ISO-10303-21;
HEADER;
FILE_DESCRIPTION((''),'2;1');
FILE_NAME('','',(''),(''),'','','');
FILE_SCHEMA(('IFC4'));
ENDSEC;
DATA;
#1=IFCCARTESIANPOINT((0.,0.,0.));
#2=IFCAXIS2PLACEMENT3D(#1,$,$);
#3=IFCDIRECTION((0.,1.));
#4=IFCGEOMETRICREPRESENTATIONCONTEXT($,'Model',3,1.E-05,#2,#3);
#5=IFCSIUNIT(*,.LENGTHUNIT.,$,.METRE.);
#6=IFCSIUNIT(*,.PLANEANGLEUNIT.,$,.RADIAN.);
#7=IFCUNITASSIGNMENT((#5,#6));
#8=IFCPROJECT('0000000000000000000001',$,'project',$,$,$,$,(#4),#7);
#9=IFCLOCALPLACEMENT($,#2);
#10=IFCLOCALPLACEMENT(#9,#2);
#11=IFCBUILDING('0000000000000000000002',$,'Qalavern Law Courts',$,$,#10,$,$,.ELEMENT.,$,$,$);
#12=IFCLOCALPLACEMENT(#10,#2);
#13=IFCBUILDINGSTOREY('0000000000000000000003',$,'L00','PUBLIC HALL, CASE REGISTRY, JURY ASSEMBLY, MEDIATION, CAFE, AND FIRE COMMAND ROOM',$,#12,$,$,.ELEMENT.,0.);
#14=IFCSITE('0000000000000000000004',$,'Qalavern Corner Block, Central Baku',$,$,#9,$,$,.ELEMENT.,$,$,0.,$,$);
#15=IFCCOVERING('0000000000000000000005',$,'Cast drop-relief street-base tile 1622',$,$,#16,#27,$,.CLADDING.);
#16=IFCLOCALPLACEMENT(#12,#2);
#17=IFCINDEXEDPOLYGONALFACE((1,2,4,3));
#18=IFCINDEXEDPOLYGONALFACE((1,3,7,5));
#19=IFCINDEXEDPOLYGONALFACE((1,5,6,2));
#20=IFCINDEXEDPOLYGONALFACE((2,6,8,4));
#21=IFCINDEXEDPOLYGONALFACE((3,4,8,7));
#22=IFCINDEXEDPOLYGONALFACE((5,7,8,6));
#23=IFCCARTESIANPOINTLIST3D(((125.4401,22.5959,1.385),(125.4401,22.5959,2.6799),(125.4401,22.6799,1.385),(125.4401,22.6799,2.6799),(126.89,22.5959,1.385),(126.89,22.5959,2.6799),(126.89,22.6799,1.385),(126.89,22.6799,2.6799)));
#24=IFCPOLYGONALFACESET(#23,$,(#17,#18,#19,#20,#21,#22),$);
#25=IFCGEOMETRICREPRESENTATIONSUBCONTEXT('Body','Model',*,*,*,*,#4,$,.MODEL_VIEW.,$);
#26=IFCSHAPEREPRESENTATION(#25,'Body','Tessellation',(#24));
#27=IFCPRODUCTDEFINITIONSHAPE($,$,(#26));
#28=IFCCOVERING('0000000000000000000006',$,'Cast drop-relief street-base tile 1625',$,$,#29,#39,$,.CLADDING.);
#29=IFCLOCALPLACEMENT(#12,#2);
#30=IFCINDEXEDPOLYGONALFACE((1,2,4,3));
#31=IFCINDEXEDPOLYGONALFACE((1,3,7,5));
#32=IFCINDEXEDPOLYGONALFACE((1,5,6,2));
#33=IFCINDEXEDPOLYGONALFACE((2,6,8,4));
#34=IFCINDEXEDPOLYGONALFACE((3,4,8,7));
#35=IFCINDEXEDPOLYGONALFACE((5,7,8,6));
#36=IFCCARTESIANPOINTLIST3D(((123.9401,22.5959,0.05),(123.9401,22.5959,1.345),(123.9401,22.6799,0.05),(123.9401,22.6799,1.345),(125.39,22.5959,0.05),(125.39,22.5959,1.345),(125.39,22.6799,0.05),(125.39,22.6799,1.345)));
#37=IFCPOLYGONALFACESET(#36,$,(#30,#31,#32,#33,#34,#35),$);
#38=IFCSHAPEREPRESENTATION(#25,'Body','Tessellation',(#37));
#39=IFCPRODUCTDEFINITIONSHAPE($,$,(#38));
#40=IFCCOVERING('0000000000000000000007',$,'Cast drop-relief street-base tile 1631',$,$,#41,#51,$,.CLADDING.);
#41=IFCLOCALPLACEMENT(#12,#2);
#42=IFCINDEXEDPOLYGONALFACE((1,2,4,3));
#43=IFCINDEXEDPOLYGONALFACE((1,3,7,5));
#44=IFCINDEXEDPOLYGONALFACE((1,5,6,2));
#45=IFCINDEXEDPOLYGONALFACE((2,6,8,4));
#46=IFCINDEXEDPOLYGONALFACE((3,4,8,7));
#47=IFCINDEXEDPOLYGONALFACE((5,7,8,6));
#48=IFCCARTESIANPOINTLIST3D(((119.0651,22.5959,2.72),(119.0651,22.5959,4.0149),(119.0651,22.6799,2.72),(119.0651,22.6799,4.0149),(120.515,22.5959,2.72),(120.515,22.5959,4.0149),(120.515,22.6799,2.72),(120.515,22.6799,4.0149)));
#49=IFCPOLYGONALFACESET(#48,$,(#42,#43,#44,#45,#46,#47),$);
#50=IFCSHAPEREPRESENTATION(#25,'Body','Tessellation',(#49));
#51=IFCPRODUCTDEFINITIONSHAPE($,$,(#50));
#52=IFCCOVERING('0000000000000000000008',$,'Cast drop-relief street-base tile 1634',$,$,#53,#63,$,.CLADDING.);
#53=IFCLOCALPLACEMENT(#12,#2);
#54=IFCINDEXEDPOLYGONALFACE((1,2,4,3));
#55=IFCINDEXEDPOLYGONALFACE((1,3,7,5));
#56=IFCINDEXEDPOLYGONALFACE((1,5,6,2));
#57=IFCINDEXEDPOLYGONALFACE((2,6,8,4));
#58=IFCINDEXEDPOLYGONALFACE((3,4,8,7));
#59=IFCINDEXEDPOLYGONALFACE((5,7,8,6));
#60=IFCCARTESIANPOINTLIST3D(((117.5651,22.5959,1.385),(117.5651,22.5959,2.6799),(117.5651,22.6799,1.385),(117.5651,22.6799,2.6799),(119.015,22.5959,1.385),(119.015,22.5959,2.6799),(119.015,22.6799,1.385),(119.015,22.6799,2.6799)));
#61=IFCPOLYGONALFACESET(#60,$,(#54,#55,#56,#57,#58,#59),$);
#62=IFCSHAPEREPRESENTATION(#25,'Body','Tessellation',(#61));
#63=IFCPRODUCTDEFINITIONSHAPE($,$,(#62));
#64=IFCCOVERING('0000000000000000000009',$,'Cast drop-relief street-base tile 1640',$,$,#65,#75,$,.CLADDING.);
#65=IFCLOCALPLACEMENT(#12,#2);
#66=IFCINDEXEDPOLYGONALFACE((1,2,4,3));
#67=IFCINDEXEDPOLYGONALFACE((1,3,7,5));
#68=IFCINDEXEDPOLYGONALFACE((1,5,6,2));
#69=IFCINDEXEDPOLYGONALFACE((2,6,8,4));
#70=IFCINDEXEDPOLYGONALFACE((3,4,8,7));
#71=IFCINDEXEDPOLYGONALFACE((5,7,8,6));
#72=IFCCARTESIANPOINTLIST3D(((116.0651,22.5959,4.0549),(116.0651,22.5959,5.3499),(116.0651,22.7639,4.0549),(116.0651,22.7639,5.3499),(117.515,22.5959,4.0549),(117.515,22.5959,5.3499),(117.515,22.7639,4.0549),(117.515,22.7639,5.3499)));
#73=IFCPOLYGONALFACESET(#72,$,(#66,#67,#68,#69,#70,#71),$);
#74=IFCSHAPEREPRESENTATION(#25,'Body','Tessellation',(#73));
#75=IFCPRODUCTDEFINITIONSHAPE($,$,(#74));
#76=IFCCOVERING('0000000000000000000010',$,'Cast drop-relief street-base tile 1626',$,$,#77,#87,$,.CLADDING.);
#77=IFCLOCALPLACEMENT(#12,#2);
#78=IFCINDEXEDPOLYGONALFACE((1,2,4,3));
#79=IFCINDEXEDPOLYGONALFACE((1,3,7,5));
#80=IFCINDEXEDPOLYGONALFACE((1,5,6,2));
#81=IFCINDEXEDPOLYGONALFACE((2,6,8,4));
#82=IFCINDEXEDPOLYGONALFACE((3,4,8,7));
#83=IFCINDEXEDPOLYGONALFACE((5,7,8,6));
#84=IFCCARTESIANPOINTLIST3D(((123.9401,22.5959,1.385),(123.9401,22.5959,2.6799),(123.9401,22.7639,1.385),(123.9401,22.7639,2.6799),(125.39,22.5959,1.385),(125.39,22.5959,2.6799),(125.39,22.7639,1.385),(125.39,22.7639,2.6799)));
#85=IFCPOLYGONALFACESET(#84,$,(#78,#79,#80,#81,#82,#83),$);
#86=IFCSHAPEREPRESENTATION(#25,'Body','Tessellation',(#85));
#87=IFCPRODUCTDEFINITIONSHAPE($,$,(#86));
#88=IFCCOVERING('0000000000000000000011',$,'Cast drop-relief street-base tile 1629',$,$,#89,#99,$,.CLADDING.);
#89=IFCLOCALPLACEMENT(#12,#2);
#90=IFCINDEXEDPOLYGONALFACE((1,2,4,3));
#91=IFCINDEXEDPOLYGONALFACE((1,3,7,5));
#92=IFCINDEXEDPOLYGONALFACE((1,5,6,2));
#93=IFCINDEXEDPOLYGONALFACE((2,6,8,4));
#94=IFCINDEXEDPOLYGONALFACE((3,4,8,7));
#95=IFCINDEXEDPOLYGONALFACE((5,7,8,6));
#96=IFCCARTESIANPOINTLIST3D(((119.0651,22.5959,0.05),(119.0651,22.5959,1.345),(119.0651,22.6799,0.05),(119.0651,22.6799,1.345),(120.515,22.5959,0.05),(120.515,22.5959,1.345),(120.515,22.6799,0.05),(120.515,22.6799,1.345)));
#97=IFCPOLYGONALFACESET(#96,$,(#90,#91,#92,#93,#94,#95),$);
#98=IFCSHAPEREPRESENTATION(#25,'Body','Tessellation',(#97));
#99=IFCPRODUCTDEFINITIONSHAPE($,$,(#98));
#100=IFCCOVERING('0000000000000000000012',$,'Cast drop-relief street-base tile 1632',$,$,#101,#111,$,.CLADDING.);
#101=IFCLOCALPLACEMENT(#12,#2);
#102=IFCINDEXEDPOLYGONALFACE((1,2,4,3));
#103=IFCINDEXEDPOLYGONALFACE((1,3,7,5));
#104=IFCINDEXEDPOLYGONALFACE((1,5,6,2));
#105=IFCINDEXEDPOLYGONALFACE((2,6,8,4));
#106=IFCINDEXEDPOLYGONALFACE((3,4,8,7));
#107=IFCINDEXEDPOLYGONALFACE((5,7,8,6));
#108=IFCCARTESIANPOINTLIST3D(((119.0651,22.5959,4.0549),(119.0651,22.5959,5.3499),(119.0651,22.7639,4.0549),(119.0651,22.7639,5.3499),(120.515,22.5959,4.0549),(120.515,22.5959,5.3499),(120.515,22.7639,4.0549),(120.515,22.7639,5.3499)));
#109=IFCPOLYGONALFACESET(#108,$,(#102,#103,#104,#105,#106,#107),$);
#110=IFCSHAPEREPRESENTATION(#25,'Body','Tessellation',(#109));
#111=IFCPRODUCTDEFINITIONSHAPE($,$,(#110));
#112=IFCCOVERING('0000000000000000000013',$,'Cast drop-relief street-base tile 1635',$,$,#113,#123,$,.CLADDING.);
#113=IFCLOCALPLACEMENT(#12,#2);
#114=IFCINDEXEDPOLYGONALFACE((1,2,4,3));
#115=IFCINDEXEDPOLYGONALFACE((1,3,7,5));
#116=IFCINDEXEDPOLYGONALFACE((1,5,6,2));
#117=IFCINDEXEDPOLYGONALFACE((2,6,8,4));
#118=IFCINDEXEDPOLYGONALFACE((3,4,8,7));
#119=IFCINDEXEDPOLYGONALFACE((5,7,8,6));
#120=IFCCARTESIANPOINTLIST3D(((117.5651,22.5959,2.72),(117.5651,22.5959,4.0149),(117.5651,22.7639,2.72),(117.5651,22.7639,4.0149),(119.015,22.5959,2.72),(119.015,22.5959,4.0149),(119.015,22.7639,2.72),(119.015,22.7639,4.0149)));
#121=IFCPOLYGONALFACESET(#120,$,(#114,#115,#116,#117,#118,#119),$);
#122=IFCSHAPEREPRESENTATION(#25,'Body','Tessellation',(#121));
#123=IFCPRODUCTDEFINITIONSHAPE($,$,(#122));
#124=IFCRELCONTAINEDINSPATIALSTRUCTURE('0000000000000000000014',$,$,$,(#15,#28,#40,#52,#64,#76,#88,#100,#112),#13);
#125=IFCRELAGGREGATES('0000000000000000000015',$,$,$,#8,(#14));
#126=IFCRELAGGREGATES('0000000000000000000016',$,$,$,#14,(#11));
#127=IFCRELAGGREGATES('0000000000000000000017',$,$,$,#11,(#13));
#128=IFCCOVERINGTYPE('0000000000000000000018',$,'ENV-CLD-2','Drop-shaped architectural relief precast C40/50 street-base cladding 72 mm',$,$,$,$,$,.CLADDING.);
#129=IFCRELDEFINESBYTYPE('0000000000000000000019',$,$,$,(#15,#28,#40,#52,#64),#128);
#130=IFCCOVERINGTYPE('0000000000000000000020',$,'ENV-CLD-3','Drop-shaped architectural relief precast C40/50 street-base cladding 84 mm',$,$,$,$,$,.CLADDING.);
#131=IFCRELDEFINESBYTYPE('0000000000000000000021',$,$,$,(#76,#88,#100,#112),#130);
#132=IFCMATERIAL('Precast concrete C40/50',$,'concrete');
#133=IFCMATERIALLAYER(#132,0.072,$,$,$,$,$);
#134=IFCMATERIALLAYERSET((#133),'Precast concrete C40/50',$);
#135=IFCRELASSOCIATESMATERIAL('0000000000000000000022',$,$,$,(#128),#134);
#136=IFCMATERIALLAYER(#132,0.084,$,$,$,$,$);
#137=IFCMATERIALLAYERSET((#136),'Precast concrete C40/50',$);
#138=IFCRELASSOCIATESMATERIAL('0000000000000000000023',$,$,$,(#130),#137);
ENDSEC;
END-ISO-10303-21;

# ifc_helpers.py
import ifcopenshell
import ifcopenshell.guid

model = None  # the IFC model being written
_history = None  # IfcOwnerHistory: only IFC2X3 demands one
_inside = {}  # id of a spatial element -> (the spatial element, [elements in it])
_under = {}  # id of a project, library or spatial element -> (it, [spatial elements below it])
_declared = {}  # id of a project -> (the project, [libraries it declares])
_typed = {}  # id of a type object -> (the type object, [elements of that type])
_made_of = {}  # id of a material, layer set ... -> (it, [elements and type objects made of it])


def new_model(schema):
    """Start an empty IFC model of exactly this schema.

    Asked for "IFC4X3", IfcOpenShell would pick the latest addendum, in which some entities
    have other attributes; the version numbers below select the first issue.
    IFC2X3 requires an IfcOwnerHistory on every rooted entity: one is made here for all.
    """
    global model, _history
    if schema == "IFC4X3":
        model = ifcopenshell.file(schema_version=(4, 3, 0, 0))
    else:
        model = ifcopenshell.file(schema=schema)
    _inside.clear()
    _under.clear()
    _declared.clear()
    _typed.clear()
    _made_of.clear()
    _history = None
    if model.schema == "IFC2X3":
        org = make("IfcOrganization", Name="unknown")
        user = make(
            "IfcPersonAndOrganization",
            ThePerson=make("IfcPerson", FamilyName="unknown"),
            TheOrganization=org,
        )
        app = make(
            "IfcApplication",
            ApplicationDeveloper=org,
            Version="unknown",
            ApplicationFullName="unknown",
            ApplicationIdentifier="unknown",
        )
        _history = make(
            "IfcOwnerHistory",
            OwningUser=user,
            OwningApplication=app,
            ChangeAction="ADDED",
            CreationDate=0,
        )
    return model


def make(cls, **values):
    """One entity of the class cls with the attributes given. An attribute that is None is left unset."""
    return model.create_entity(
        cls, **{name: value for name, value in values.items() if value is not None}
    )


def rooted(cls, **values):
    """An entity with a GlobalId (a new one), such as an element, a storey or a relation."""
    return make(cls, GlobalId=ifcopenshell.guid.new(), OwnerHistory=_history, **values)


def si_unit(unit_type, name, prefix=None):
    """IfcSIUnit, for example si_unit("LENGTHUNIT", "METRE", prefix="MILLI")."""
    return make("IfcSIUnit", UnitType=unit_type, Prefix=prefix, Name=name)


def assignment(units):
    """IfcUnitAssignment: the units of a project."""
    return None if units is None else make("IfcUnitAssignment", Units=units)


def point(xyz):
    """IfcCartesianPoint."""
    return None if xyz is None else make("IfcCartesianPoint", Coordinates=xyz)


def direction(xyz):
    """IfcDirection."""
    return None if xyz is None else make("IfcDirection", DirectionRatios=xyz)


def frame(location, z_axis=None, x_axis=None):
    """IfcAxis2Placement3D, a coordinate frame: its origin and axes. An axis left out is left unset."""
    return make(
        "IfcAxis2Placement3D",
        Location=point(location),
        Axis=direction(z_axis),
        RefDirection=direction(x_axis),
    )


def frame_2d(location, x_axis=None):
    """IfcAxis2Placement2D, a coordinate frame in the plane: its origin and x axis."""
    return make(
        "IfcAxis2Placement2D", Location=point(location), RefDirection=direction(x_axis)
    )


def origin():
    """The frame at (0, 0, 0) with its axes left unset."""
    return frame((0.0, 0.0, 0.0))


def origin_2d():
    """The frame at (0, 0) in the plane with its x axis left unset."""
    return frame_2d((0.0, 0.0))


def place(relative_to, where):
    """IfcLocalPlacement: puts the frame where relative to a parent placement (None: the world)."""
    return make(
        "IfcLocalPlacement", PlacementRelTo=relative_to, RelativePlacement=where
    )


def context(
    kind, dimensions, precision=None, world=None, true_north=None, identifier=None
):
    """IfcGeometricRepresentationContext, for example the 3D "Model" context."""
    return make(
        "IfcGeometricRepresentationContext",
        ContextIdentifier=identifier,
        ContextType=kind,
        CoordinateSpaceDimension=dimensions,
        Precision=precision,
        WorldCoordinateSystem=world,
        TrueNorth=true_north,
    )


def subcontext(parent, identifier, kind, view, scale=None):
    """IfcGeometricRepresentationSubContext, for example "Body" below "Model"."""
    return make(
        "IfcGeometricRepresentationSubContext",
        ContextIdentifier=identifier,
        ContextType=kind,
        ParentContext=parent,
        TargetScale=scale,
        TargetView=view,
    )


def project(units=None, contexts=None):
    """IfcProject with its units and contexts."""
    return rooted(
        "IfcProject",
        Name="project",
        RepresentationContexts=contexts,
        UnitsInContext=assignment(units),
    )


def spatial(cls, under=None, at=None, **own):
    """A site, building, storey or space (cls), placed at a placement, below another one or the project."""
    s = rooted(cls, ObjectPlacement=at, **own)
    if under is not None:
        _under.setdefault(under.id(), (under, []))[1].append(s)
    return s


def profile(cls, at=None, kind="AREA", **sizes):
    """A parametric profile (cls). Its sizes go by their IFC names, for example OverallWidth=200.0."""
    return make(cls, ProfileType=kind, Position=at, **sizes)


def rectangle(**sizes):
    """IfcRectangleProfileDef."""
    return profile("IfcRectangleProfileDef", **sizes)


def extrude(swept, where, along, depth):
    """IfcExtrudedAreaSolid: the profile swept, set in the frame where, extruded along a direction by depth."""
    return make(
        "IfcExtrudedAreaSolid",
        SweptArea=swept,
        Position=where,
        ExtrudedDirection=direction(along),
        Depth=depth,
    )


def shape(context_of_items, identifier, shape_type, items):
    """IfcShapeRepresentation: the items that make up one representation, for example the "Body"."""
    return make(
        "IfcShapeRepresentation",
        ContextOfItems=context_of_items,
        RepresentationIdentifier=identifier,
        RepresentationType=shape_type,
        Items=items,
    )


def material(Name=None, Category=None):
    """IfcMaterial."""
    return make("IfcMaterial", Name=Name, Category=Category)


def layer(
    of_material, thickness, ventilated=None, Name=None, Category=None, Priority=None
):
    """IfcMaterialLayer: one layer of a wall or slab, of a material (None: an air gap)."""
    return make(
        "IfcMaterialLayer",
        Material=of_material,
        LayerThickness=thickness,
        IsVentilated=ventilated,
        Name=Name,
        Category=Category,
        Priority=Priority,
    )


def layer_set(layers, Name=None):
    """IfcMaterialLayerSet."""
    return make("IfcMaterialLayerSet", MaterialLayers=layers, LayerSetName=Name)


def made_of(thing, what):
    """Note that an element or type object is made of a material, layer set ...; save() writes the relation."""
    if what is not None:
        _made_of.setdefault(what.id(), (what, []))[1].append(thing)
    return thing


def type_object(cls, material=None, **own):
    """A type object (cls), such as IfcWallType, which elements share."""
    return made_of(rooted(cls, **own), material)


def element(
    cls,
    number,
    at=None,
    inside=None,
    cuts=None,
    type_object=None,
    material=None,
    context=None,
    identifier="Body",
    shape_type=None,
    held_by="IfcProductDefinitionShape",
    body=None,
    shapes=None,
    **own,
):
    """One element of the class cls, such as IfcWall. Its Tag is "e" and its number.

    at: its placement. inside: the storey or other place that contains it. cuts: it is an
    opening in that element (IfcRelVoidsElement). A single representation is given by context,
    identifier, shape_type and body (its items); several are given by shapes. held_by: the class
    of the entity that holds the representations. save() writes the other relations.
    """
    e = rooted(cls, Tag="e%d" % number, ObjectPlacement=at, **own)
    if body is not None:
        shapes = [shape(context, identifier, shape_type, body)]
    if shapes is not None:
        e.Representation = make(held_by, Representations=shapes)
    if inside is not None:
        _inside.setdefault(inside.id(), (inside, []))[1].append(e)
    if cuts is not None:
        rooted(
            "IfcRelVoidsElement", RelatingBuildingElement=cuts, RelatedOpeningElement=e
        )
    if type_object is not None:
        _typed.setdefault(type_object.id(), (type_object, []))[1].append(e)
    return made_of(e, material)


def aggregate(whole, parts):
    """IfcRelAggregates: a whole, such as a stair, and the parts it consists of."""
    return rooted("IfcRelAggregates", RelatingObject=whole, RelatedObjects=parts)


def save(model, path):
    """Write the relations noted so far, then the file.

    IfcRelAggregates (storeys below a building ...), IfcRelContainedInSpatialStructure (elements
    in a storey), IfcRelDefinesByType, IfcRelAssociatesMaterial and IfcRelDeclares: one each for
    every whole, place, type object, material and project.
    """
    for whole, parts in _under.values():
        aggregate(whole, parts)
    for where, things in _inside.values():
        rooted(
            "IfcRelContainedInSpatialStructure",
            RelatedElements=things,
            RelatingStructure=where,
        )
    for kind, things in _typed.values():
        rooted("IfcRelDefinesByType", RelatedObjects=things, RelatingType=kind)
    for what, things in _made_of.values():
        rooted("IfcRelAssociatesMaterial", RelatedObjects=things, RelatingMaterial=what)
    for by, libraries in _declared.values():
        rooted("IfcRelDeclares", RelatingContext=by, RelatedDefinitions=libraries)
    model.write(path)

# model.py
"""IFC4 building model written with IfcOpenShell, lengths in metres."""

from ifc_helpers import new_model, si_unit, direction, frame, origin, origin_2d, place, context, subcontext, project, spatial, rectangle, extrude, material, layer, layer_set, type_object, element, save


model = new_model("IFC4")

# Units and contexts
model_context = context("Model", 3, precision=1e-05, world=origin(), true_north=direction((0.0, 1.0)))
body_context = subcontext(model_context, "Body", "Model", "MODEL_VIEW")
ifc_project = project(units=[si_unit("LENGTHUNIT", "METRE"), si_unit("PLANEANGLEUNIT", "RADIAN")], contexts=[model_context])

# Site, building, storey
site_placement = place(None, origin())
site = spatial("IfcSite", under=ifc_project, at=site_placement, Name="Qalavern Corner Block, Central Baku", CompositionType="ELEMENT", RefElevation=0.0)
building_placement = place(site_placement, origin())
building = spatial("IfcBuilding", under=site, at=building_placement, Name="Qalavern Law Courts", CompositionType="ELEMENT")
storey_placement = place(building_placement, origin())
storey = spatial("IfcBuildingStorey", under=building, at=storey_placement, Name="L00", Description="PUBLIC HALL, CASE REGISTRY, JURY ASSEMBLY, MEDIATION, CAFE, AND FIRE COMMAND ROOM", CompositionType="ELEMENT", Elevation=0.0)

# Coverings
ifc_material_1 = material(Name="Precast concrete C40/50", Category="concrete")
ifc_layer_1 = layer(ifc_material_1, 0.072)
ifc_layer_set_1 = layer_set([ifc_layer_1], Name="Precast concrete C40/50")
covering_type_1 = type_object("IfcCoveringType", Name="ENV-CLD-2", Description="Drop-shaped architectural relief precast C40/50 street-base cladding 72 mm", PredefinedType="CLADDING", material=ifc_layer_set_1)
for number, where, z_axis, x_axis, name in (
    (1, (126.165, 22.6379, 1.385), (0.0, 0.0, 1.0), (-1.0, 0.0, 0.0), "Cast drop-relief street-base tile 1622"),
    (2, (124.665, 22.6379, 0.05), (0.0, 0.0, 1.0), (-1.0, 0.0, 0.0), "Cast drop-relief street-base tile 1625"),
    (3, (119.79, 22.6379, 2.72), (0.0, 0.0, 1.0), (-1.0, 0.0, 0.0), "Cast drop-relief street-base tile 1631"),
    (4, (118.29, 22.6379, 1.385), (0.0, 0.0, 1.0), (-1.0, 0.0, 0.0), "Cast drop-relief street-base tile 1634"),
):
    element("IfcCovering", number, at=place(storey_placement, frame(where, z_axis=z_axis, x_axis=x_axis)), inside=storey, type_object=covering_type_1, Name=name, PredefinedType="CLADDING", context=body_context, shape_type="SweptSolid", body=[
        extrude(rectangle(XDim=1.45, YDim=0.084, at=origin_2d()), origin(), (0.0, 0.0, 1.0), 1.2949),
    ])
covering_1_placement = place(storey_placement, frame((116.79, 22.6799, 4.0549), z_axis=(0.0, 0.0, 1.0), x_axis=(-1.0, 0.0, 0.0)))
element("IfcCovering", 5, at=covering_1_placement, inside=storey, type_object=covering_type_1, Name="Cast drop-relief street-base tile 1640", PredefinedType="CLADDING", context=body_context, shape_type="SweptSolid", body=[
    extrude(rectangle(XDim=1.45, YDim=0.168, at=origin_2d()), origin(), (0.0, 0.0, 1.0), 1.2949),
])
ifc_layer_2 = layer(ifc_material_1, 0.084)
ifc_layer_set_2 = layer_set([ifc_layer_2], Name="Precast concrete C40/50")
covering_type_2 = type_object("IfcCoveringType", Name="ENV-CLD-3", Description="Drop-shaped architectural relief precast C40/50 street-base cladding 84 mm", PredefinedType="CLADDING", material=ifc_layer_set_2)
covering_2_placement = place(storey_placement, frame((124.665, 22.6799, 1.385), z_axis=(0.0, 0.0, 1.0), x_axis=(-1.0, 0.0, 0.0)))
element("IfcCovering", 6, at=covering_2_placement, inside=storey, type_object=covering_type_2, Name="Cast drop-relief street-base tile 1626", PredefinedType="CLADDING", context=body_context, shape_type="SweptSolid", body=[
    extrude(rectangle(XDim=1.45, YDim=0.168, at=origin_2d()), origin(), (0.0, 0.0, 1.0), 1.2949),
])
covering_3_placement = place(storey_placement, frame((119.79, 22.6379, 0.05), z_axis=(0.0, 0.0, 1.0), x_axis=(-1.0, 0.0, 0.0)))
element("IfcCovering", 7, at=covering_3_placement, inside=storey, type_object=covering_type_2, Name="Cast drop-relief street-base tile 1629", PredefinedType="CLADDING", context=body_context, shape_type="SweptSolid", body=[
    extrude(rectangle(XDim=1.45, YDim=0.084, at=origin_2d()), origin(), (0.0, 0.0, 1.0), 1.2949),
])
for number, where, z_axis, x_axis, name in (
    (8, (119.79, 22.6799, 4.0549), (0.0, 0.0, 1.0), (-1.0, 0.0, 0.0), "Cast drop-relief street-base tile 1632"),
    (9, (118.29, 22.6799, 2.72), (0.0, 0.0, 1.0), (-1.0, 0.0, 0.0), "Cast drop-relief street-base tile 1635"),
):
    element("IfcCovering", number, at=place(storey_placement, frame(where, z_axis=z_axis, x_axis=x_axis)), inside=storey, type_object=covering_type_2, Name=name, PredefinedType="CLADDING", context=body_context, shape_type="SweptSolid", body=[
        extrude(rectangle(XDim=1.45, YDim=0.168, at=origin_2d()), origin(), (0.0, 0.0, 1.0), 1.2949),
    ])

save(model, "model.ifc")
